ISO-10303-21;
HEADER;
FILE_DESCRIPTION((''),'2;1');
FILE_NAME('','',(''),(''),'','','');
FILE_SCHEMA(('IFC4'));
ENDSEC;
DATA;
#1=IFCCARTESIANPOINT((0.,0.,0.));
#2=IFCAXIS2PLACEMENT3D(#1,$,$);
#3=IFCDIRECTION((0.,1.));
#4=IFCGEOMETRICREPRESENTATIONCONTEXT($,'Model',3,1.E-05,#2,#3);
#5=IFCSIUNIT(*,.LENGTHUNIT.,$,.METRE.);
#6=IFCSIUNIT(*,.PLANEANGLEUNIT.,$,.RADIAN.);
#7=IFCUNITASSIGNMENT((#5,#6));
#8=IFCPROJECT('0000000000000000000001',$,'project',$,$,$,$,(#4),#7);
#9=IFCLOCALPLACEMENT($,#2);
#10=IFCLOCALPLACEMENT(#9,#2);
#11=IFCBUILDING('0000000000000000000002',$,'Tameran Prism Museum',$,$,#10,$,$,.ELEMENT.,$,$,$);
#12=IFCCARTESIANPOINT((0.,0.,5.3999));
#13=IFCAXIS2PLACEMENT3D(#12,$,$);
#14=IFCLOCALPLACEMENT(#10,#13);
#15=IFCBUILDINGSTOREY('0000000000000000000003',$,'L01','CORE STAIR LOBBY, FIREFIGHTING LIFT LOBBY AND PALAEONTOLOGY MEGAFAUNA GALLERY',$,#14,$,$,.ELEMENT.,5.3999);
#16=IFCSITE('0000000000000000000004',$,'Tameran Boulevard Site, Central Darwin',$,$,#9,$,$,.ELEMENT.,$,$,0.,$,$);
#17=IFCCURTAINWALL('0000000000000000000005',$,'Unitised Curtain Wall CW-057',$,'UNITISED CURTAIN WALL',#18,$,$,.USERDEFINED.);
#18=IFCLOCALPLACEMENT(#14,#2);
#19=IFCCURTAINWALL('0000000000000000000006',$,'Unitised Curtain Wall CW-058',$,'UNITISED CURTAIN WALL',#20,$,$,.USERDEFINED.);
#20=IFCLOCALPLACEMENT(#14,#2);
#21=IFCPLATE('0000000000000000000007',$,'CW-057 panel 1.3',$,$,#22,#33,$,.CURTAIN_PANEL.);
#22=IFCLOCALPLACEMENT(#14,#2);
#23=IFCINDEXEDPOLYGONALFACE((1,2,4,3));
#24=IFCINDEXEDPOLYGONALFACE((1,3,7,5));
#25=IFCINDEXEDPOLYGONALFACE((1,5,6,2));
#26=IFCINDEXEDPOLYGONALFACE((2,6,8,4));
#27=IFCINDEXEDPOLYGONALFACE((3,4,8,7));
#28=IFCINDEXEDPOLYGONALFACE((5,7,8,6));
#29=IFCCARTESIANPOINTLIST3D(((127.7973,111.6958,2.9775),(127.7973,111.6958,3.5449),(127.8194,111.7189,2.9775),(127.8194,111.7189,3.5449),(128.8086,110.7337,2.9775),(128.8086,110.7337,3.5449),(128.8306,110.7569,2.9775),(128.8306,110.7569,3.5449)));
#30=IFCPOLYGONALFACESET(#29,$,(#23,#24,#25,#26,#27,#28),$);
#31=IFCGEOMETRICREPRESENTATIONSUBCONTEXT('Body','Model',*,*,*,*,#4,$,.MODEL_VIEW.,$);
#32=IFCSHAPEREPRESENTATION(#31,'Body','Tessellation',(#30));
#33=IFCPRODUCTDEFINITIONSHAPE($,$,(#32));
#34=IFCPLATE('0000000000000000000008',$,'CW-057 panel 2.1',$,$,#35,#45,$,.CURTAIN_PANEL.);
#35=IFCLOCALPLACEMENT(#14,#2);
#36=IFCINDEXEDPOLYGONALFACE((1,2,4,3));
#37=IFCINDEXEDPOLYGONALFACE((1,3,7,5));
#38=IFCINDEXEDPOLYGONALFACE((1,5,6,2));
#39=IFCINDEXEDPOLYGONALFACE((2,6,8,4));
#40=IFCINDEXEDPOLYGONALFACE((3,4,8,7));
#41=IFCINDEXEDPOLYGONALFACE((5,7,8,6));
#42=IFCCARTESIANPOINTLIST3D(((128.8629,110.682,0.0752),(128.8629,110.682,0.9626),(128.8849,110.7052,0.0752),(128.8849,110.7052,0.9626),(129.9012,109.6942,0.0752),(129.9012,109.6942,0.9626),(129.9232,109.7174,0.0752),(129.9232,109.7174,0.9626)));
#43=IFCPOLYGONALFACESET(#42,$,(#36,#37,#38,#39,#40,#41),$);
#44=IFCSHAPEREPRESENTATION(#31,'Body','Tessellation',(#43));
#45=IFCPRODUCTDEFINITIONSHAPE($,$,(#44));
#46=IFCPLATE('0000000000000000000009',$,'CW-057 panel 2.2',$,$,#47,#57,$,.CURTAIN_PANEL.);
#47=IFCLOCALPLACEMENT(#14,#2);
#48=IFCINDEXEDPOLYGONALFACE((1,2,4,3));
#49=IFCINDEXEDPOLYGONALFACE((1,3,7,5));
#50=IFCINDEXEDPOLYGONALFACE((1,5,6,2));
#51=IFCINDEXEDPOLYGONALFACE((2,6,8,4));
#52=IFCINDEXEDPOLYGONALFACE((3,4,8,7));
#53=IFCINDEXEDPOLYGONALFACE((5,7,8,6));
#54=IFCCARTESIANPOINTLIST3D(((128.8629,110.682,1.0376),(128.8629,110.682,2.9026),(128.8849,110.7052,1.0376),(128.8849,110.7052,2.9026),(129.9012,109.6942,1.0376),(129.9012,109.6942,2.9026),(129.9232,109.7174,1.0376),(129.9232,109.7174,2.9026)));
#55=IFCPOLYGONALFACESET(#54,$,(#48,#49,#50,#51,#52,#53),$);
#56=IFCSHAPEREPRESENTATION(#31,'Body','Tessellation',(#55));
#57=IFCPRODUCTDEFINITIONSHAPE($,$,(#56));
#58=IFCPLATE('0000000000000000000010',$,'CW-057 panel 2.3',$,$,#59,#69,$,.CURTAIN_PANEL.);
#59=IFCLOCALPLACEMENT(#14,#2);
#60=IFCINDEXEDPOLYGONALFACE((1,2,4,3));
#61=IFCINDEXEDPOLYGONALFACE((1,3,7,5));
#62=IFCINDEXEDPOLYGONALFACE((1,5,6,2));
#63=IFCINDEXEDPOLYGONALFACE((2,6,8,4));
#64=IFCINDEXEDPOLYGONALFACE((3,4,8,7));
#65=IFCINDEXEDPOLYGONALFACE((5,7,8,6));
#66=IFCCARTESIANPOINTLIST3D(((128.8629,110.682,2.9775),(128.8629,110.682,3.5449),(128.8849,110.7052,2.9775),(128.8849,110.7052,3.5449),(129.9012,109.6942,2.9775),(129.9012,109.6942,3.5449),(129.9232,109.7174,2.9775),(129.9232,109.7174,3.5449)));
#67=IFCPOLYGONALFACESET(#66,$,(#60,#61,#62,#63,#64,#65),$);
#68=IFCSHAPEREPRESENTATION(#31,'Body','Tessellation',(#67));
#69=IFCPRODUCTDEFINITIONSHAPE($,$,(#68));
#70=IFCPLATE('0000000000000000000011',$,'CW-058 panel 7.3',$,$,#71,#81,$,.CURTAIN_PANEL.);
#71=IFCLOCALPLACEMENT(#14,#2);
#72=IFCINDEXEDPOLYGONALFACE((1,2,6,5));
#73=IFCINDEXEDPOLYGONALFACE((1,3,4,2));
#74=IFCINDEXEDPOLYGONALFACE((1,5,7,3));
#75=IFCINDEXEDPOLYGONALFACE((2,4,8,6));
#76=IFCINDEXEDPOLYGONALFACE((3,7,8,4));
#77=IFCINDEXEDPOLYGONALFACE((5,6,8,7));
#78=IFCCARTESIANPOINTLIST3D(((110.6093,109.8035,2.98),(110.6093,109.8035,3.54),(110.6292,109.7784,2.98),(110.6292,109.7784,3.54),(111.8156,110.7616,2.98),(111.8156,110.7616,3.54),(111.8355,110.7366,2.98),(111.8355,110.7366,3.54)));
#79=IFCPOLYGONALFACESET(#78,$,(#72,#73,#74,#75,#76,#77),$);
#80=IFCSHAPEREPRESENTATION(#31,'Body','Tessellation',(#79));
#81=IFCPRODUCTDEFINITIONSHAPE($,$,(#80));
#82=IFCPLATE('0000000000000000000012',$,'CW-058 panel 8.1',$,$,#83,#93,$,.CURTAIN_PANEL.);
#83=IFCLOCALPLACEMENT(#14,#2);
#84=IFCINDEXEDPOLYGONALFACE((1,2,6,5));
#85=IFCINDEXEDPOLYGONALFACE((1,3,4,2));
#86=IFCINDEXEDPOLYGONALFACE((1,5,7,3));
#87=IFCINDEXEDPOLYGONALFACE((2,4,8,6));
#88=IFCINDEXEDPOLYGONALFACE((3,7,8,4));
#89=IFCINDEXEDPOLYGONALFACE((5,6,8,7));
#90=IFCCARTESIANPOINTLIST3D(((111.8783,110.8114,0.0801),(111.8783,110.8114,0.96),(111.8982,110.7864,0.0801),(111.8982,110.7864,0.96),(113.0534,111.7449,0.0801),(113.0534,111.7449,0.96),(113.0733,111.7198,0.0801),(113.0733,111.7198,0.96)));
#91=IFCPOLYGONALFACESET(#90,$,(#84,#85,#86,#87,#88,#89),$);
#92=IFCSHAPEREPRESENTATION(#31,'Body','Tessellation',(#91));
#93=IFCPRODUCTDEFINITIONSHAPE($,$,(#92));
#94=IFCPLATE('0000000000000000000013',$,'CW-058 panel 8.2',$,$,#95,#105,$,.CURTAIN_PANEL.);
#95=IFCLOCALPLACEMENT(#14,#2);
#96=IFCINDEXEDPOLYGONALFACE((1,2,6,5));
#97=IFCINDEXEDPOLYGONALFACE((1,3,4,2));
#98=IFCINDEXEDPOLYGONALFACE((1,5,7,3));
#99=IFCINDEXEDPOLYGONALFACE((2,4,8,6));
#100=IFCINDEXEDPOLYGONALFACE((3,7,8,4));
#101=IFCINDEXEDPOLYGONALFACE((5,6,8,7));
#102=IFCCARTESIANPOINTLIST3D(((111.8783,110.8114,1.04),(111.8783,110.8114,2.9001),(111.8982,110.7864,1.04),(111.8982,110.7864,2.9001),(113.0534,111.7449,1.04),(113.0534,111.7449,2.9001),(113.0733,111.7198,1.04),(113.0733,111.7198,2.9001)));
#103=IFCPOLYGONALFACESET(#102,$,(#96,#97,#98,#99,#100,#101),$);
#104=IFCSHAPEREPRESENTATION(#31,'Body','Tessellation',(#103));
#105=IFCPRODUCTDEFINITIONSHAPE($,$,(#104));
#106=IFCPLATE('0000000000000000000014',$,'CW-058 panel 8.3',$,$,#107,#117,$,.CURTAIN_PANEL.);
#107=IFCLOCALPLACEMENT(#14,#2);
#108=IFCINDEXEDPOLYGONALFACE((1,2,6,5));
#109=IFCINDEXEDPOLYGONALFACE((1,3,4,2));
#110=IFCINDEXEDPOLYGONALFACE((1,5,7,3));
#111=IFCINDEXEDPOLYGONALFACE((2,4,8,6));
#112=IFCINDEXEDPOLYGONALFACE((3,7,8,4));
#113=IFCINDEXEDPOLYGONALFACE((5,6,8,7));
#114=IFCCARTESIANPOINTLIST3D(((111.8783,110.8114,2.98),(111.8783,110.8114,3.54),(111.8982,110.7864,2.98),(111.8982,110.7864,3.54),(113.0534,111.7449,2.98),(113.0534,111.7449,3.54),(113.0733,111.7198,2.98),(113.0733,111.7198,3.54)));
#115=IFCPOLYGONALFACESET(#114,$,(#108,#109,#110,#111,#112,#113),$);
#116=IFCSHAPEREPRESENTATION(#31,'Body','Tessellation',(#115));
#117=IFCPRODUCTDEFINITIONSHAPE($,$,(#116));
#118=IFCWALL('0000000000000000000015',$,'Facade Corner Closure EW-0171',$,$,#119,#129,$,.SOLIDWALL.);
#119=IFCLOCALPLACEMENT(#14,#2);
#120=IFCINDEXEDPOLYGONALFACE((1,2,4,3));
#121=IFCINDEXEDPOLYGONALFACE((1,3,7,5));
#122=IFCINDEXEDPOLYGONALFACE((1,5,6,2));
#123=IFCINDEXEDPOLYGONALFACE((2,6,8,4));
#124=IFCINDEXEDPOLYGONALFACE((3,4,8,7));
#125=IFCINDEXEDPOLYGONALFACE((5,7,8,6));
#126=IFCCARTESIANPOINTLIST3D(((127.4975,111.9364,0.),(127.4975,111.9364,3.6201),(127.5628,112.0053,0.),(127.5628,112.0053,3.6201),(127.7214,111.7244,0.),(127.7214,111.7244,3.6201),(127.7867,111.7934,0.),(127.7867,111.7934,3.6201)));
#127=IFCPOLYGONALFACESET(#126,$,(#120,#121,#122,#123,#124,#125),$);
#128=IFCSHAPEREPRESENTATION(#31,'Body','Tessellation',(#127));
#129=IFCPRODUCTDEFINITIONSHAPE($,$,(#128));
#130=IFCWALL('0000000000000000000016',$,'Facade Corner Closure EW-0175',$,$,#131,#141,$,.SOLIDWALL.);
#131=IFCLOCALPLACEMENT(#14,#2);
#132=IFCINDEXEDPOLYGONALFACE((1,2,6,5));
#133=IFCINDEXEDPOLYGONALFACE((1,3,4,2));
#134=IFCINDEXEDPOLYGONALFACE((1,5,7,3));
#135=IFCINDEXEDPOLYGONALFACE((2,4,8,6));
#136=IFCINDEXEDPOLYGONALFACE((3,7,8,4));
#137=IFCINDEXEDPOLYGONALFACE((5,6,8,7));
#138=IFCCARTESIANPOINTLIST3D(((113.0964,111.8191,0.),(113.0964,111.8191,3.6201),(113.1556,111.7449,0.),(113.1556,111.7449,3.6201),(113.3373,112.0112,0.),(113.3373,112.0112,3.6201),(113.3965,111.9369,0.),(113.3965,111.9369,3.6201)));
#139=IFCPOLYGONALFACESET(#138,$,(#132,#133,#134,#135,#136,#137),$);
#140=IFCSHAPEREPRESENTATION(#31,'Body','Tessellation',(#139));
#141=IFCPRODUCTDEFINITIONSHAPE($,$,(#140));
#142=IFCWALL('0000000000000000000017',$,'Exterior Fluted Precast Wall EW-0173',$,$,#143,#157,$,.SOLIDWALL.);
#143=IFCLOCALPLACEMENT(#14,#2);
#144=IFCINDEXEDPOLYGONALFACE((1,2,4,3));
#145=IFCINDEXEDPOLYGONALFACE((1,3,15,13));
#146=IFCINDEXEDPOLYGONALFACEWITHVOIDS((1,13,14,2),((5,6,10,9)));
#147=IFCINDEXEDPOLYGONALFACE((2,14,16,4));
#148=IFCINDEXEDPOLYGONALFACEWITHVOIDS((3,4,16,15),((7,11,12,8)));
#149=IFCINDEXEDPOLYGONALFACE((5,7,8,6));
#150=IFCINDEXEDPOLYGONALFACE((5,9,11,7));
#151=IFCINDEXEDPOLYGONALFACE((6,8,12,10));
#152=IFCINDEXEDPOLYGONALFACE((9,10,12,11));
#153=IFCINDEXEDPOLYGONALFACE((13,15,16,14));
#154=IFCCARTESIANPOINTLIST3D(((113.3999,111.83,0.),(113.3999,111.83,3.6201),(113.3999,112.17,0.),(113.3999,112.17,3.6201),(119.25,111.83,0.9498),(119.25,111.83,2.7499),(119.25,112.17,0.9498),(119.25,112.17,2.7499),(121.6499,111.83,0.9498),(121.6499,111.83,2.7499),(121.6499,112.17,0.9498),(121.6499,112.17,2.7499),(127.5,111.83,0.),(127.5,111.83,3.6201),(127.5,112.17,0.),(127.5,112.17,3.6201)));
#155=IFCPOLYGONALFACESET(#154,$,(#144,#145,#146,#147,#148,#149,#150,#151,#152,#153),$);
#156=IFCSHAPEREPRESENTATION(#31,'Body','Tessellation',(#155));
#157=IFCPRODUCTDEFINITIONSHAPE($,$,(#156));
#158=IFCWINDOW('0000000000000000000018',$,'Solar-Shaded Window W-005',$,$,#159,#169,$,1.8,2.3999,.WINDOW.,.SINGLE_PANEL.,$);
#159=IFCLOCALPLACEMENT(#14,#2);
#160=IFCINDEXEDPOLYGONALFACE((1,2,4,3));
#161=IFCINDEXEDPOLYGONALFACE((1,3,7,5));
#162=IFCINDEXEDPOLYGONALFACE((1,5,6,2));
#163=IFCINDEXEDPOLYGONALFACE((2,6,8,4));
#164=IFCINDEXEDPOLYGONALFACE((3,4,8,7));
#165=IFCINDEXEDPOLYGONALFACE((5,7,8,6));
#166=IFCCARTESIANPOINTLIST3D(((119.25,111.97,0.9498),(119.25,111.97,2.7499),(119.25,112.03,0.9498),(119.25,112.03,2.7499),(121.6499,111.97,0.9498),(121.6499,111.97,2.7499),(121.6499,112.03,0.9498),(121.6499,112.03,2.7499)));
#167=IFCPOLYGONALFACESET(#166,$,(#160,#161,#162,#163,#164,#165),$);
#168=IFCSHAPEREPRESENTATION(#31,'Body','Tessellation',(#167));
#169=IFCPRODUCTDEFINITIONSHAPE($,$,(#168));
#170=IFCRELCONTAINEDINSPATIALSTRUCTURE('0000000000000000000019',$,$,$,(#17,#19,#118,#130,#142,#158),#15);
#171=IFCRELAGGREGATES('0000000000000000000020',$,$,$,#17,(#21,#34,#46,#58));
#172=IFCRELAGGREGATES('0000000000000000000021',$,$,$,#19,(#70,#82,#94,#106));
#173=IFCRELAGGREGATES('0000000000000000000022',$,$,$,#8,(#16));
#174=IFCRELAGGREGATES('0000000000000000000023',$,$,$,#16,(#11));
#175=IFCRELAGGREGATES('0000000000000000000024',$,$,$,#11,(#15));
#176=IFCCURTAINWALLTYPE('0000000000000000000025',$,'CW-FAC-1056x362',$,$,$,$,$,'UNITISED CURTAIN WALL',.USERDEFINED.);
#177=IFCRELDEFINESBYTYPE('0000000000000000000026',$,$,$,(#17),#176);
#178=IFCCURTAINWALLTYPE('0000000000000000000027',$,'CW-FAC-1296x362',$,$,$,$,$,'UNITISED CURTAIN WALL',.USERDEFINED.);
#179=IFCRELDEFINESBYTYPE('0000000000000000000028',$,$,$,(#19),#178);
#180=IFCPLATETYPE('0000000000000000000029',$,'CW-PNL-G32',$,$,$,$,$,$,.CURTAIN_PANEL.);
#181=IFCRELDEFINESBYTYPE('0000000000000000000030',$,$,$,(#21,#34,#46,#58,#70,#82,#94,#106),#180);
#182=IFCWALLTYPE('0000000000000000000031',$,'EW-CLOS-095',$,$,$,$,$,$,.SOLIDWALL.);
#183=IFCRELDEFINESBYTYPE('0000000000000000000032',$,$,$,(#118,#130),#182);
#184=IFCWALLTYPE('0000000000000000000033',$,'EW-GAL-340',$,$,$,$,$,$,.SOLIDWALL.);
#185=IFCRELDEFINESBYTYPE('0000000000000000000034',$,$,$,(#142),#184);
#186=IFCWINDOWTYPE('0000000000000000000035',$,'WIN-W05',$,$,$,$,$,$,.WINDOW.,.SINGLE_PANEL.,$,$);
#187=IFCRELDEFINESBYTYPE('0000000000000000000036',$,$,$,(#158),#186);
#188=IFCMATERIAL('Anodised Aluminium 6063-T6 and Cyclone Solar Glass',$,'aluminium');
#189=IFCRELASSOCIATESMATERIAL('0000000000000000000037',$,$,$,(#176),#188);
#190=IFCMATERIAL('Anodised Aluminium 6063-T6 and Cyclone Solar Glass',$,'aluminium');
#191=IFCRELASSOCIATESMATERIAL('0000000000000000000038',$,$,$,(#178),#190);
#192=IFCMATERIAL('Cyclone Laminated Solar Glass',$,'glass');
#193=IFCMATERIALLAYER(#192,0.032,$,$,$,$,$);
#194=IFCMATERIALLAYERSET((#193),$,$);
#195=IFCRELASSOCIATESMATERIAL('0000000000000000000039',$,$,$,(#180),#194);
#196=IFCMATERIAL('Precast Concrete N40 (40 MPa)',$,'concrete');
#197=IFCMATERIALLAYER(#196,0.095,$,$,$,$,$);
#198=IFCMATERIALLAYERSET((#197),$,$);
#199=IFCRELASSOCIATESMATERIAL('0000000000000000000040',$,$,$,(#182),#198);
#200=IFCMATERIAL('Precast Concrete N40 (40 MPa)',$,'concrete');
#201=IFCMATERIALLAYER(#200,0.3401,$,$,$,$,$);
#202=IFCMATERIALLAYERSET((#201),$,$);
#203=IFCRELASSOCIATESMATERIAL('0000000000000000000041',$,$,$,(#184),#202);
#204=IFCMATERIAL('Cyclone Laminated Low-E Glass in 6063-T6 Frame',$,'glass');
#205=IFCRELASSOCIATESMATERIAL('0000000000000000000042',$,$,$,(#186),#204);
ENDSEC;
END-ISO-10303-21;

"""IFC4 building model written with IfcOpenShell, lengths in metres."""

from ifc_helpers import new_model, si_unit, direction, frame, frame_2d, origin, origin_2d, place, context, subcontext, project, spatial, rectangle, extrude, material, layer, layer_set, type_object, element, fill, aggregate, save


model = new_model("IFC4")

# Units and contexts
model_context = context("Model", 3, precision=1e-05, world=origin(), true_north=direction((0.0, 1.0)))
body_context = subcontext(model_context, "Body", "Model", "MODEL_VIEW")
ifc_project = project(units=[si_unit("LENGTHUNIT", "METRE"), si_unit("PLANEANGLEUNIT", "RADIAN")], contexts=[model_context])

# Site, building, storey
site_placement = place(None, origin())
site = spatial("IfcSite", under=ifc_project, at=site_placement, Name="Tameran Boulevard Site, Central Darwin", CompositionType="ELEMENT", RefElevation=0.0)
building_placement = place(site_placement, origin())
building = spatial("IfcBuilding", under=site, at=building_placement, Name="Tameran Prism Museum", CompositionType="ELEMENT")
storey_placement = place(building_placement, frame((0.0, 0.0, 5.3999)))
storey = spatial("IfcBuildingStorey", under=building, at=storey_placement, Name="L01", Description="CORE STAIR LOBBY, FIREFIGHTING LIFT LOBBY AND PALAEONTOLOGY MEGAFAUNA GALLERY", CompositionType="ELEMENT", Elevation=5.3999)

# Curtain walls
ifc_material_1 = material(Name="Anodised Aluminium 6063-T6 and Cyclone Solar Glass", Category="aluminium")
curtain_wall_type_1 = type_object("IfcCurtainWallType", Name="CW-FAC-1056x362", ElementType="UNITISED CURTAIN WALL", PredefinedType="USERDEFINED", material=ifc_material_1)
curtain_wall_1_placement = place(storey_placement, origin())
curtain_wall_1 = element("IfcCurtainWall", 1, at=curtain_wall_1_placement, inside=storey, type_object=curtain_wall_type_1, Name="Unitised Curtain Wall CW-057", ObjectType="UNITISED CURTAIN WALL", PredefinedType="USERDEFINED")
ifc_material_2 = material(Name="Anodised Aluminium 6063-T6 and Cyclone Solar Glass", Category="aluminium")
curtain_wall_type_2 = type_object("IfcCurtainWallType", Name="CW-FAC-1296x362", ElementType="UNITISED CURTAIN WALL", PredefinedType="USERDEFINED", material=ifc_material_2)
curtain_wall_2_placement = place(storey_placement, origin())
curtain_wall_2 = element("IfcCurtainWall", 2, at=curtain_wall_2_placement, inside=storey, type_object=curtain_wall_type_2, Name="Unitised Curtain Wall CW-058", ObjectType="UNITISED CURTAIN WALL", PredefinedType="USERDEFINED")

# Plates
ifc_material_3 = material(Name="Cyclone Laminated Solar Glass", Category="glass")
ifc_layer_1 = layer(ifc_material_3, 0.032)
ifc_layer_set_1 = layer_set([ifc_layer_1])
plate_type = type_object("IfcPlateType", Name="CW-PNL-G32", PredefinedType="CURTAIN_PANEL", material=ifc_layer_set_1)
plate_1_placement = place(storey_placement, frame((128.314, 111.2263, 2.9775), z_axis=(0.0, 0.0, 1.0), x_axis=(0.724505, -0.68927, 0.0)))
plate_1 = element("IfcPlate", 3, at=plate_1_placement, type_object=plate_type, Name="CW-057 panel 1.3", PredefinedType="CURTAIN_PANEL", context=body_context, shape_type="SweptSolid", body=[
    extrude(rectangle(XDim=1.3958, YDim=0.032, at=origin_2d()), origin(), (0.0, 0.0, 1.0), 0.5674),
])
plate_2_placement = place(storey_placement, frame((129.3931, 110.1997, 0.0752), z_axis=(0.0, 0.0, 1.0), x_axis=(0.724505, -0.68927, 0.0)))
plate_2 = element("IfcPlate", 4, at=plate_2_placement, type_object=plate_type, Name="CW-057 panel 2.1", PredefinedType="CURTAIN_PANEL", context=body_context, shape_type="SweptSolid", body=[
    extrude(rectangle(XDim=1.4331, YDim=0.032, at=origin_2d()), origin(), (0.0, 0.0, 1.0), 0.8875),
])
plate_3_placement = place(storey_placement, frame((129.3931, 110.1997, 1.0376), z_axis=(0.0, 0.0, 1.0), x_axis=(0.724505, -0.68927, 0.0)))
plate_3 = element("IfcPlate", 5, at=plate_3_placement, type_object=plate_type, Name="CW-057 panel 2.2", PredefinedType="CURTAIN_PANEL", context=body_context, shape_type="SweptSolid", body=[
    extrude(rectangle(XDim=1.4331, YDim=0.032, at=origin_2d()), origin(), (0.0, 0.0, 1.0), 1.865),
])
plate_4_placement = place(storey_placement, frame((129.3931, 110.1997, 2.9775), z_axis=(0.0, 0.0, 1.0), x_axis=(0.724505, -0.68927, 0.0)))
plate_4 = element("IfcPlate", 6, at=plate_4_placement, type_object=plate_type, Name="CW-057 panel 2.3", PredefinedType="CURTAIN_PANEL", context=body_context, shape_type="SweptSolid", body=[
    extrude(rectangle(XDim=1.4331, YDim=0.032, at=origin_2d()), origin(), (0.0, 0.0, 1.0), 0.5674),
])
aggregate(curtain_wall_1, [plate_1, plate_2, plate_3, plate_4])
plate_5_placement = place(storey_placement, frame((111.2224, 110.27, 2.98), z_axis=(0.0, 0.0, 1.0), x_axis=(0.783031, 0.621982, 0.0)))
plate_5 = element("IfcPlate", 7, at=plate_5_placement, type_object=plate_type, Name="CW-058 panel 7.3", PredefinedType="CURTAIN_PANEL", context=body_context, shape_type="SweptSolid", body=[
    extrude(rectangle(XDim=1.5405, YDim=0.032, at=origin_2d()), origin(), (0.0, 0.0, 1.0), 0.5601),
])
plate_6_placement = place(storey_placement, frame((112.4758, 111.2656, 0.0801), z_axis=(0.0, 0.0, 1.0), x_axis=(0.783031, 0.621982, 0.0)))
plate_6 = element("IfcPlate", 8, at=plate_6_placement, type_object=plate_type, Name="CW-058 panel 8.1", PredefinedType="CURTAIN_PANEL", context=body_context, shape_type="SweptSolid", body=[
    extrude(rectangle(XDim=1.5007, YDim=0.032, at=origin_2d()), origin(), (0.0, 0.0, 1.0), 0.8799),
])
plate_7_placement = place(storey_placement, frame((112.4758, 111.2656, 1.04), z_axis=(0.0, 0.0, 1.0), x_axis=(0.783031, 0.621982, 0.0)))
plate_7 = element("IfcPlate", 9, at=plate_7_placement, type_object=plate_type, Name="CW-058 panel 8.2", PredefinedType="CURTAIN_PANEL", context=body_context, shape_type="SweptSolid", body=[
    extrude(rectangle(XDim=1.5007, YDim=0.032, at=origin_2d()), origin(), (0.0, 0.0, 1.0), 1.8601),
])
plate_8_placement = place(storey_placement, frame((112.4758, 111.2656, 2.98), z_axis=(0.0, 0.0, 1.0), x_axis=(0.783031, 0.621982, 0.0)))
plate_8 = element("IfcPlate", 10, at=plate_8_placement, type_object=plate_type, Name="CW-058 panel 8.3", PredefinedType="CURTAIN_PANEL", context=body_context, shape_type="SweptSolid", body=[
    extrude(rectangle(XDim=1.5007, YDim=0.032, at=origin_2d()), origin(), (0.0, 0.0, 1.0), 0.5601),
])
aggregate(curtain_wall_2, [plate_5, plate_6, plate_7, plate_8])

# Walls
ifc_material_4 = material(Name="Precast Concrete N40 (40 MPa)", Category="concrete")
ifc_layer_2 = layer(ifc_material_4, 0.095)
ifc_layer_set_2 = layer_set([ifc_layer_2])
wall_type_1 = type_object("IfcWallType", Name="EW-CLOS-095", PredefinedType="SOLIDWALL", material=ifc_layer_set_2)
wall_1_placement = place(storey_placement, frame((127.53, 111.9709, 0.0), z_axis=(0.0, 0.0, 1.0), x_axis=(0.726244, -0.687437, 0.0)))
element("IfcWall", 11, at=wall_1_placement, inside=storey, type_object=wall_type_1, Name="Facade Corner Closure EW-0171", PredefinedType="SOLIDWALL", context=body_context, shape_type="SweptSolid", body=[
    extrude(rectangle(XDim=0.3083, YDim=0.095, at=frame_2d((0.1543, 0.0))), origin(), (0.0, 0.0, 1.0), 3.6201),
])
wall_2_placement = place(storey_placement, frame((113.126, 111.782, 0.0), z_axis=(0.0, 0.0, 1.0), x_axis=(0.781873, 0.623438, 0.0)))
element("IfcWall", 12, at=wall_2_placement, inside=storey, type_object=wall_type_1, Name="Facade Corner Closure EW-0175", PredefinedType="SOLIDWALL", context=body_context, shape_type="SweptSolid", body=[
    extrude(rectangle(XDim=0.3081, YDim=0.095, at=frame_2d((0.1541, 0.0))), origin(), (0.0, 0.0, 1.0), 3.6201),
])

# Wall, opening, window
ifc_material_5 = material(Name="Precast Concrete N40 (40 MPa)", Category="concrete")
ifc_layer_3 = layer(ifc_material_5, 0.3401)
ifc_layer_set_3 = layer_set([ifc_layer_3])
wall_type_2 = type_object("IfcWallType", Name="EW-GAL-340", PredefinedType="SOLIDWALL", material=ifc_layer_set_3)
wall_3_placement = place(storey_placement, frame((113.3999, 112.0, 0.0), z_axis=(0.0, 0.0, 1.0), x_axis=(1.0, 0.0, 0.0)))
wall_3 = element("IfcWall", 13, at=wall_3_placement, inside=storey, type_object=wall_type_2, Name="Exterior Fluted Precast Wall EW-0173", PredefinedType="SOLIDWALL", context=body_context, shape_type="SweptSolid", body=[
    extrude(rectangle(XDim=14.1001, YDim=0.3401, at=frame_2d((7.05, 0.0))), origin(), (0.0, 0.0, 1.0), 3.6201),
])
opening_1_placement = place(wall_3_placement, frame((5.8501, 0.0, 0.95)))
opening_1 = element("IfcOpeningElement", 14, at=opening_1_placement, cuts=wall_3, PredefinedType="OPENING", context=body_context, shape_type="SweptSolid", body=[
    extrude(rectangle(XDim=2.3999, YDim=1.8, at=frame_2d((1.2, 0.8999))), frame((0.0, 0.1799, 0.0), z_axis=(0.0, -1.0, 0.0), x_axis=(1.0, 0.0, 0.0)), (0.0, 0.0, 1.0), 0.3601),
])
ifc_material_6 = material(Name="Cyclone Laminated Low-E Glass in 6063-T6 Frame", Category="glass")
window_type = type_object("IfcWindowType", Name="WIN-W05", PartitioningType="SINGLE_PANEL", PredefinedType="WINDOW", material=ifc_material_6)
window_placement = place(opening_1_placement, origin())
window = element("IfcWindow", 15, at=window_placement, inside=storey, type_object=window_type, Name="Solar-Shaded Window W-005", OverallHeight=1.8, OverallWidth=2.3999, PartitioningType="SINGLE_PANEL", PredefinedType="WINDOW", context=body_context, shape_type="SweptSolid", body=[
    extrude(rectangle(XDim=2.3999, YDim=1.8, at=frame_2d((1.2, 0.8999))), frame((0.0, 0.03, 0.0), z_axis=(0.0, -1.0, 0.0), x_axis=(1.0, 0.0, 0.0)), (0.0, 0.0, 1.0), 0.0601),
])
fill(opening_1, window)

save(model, "model.ifc")
